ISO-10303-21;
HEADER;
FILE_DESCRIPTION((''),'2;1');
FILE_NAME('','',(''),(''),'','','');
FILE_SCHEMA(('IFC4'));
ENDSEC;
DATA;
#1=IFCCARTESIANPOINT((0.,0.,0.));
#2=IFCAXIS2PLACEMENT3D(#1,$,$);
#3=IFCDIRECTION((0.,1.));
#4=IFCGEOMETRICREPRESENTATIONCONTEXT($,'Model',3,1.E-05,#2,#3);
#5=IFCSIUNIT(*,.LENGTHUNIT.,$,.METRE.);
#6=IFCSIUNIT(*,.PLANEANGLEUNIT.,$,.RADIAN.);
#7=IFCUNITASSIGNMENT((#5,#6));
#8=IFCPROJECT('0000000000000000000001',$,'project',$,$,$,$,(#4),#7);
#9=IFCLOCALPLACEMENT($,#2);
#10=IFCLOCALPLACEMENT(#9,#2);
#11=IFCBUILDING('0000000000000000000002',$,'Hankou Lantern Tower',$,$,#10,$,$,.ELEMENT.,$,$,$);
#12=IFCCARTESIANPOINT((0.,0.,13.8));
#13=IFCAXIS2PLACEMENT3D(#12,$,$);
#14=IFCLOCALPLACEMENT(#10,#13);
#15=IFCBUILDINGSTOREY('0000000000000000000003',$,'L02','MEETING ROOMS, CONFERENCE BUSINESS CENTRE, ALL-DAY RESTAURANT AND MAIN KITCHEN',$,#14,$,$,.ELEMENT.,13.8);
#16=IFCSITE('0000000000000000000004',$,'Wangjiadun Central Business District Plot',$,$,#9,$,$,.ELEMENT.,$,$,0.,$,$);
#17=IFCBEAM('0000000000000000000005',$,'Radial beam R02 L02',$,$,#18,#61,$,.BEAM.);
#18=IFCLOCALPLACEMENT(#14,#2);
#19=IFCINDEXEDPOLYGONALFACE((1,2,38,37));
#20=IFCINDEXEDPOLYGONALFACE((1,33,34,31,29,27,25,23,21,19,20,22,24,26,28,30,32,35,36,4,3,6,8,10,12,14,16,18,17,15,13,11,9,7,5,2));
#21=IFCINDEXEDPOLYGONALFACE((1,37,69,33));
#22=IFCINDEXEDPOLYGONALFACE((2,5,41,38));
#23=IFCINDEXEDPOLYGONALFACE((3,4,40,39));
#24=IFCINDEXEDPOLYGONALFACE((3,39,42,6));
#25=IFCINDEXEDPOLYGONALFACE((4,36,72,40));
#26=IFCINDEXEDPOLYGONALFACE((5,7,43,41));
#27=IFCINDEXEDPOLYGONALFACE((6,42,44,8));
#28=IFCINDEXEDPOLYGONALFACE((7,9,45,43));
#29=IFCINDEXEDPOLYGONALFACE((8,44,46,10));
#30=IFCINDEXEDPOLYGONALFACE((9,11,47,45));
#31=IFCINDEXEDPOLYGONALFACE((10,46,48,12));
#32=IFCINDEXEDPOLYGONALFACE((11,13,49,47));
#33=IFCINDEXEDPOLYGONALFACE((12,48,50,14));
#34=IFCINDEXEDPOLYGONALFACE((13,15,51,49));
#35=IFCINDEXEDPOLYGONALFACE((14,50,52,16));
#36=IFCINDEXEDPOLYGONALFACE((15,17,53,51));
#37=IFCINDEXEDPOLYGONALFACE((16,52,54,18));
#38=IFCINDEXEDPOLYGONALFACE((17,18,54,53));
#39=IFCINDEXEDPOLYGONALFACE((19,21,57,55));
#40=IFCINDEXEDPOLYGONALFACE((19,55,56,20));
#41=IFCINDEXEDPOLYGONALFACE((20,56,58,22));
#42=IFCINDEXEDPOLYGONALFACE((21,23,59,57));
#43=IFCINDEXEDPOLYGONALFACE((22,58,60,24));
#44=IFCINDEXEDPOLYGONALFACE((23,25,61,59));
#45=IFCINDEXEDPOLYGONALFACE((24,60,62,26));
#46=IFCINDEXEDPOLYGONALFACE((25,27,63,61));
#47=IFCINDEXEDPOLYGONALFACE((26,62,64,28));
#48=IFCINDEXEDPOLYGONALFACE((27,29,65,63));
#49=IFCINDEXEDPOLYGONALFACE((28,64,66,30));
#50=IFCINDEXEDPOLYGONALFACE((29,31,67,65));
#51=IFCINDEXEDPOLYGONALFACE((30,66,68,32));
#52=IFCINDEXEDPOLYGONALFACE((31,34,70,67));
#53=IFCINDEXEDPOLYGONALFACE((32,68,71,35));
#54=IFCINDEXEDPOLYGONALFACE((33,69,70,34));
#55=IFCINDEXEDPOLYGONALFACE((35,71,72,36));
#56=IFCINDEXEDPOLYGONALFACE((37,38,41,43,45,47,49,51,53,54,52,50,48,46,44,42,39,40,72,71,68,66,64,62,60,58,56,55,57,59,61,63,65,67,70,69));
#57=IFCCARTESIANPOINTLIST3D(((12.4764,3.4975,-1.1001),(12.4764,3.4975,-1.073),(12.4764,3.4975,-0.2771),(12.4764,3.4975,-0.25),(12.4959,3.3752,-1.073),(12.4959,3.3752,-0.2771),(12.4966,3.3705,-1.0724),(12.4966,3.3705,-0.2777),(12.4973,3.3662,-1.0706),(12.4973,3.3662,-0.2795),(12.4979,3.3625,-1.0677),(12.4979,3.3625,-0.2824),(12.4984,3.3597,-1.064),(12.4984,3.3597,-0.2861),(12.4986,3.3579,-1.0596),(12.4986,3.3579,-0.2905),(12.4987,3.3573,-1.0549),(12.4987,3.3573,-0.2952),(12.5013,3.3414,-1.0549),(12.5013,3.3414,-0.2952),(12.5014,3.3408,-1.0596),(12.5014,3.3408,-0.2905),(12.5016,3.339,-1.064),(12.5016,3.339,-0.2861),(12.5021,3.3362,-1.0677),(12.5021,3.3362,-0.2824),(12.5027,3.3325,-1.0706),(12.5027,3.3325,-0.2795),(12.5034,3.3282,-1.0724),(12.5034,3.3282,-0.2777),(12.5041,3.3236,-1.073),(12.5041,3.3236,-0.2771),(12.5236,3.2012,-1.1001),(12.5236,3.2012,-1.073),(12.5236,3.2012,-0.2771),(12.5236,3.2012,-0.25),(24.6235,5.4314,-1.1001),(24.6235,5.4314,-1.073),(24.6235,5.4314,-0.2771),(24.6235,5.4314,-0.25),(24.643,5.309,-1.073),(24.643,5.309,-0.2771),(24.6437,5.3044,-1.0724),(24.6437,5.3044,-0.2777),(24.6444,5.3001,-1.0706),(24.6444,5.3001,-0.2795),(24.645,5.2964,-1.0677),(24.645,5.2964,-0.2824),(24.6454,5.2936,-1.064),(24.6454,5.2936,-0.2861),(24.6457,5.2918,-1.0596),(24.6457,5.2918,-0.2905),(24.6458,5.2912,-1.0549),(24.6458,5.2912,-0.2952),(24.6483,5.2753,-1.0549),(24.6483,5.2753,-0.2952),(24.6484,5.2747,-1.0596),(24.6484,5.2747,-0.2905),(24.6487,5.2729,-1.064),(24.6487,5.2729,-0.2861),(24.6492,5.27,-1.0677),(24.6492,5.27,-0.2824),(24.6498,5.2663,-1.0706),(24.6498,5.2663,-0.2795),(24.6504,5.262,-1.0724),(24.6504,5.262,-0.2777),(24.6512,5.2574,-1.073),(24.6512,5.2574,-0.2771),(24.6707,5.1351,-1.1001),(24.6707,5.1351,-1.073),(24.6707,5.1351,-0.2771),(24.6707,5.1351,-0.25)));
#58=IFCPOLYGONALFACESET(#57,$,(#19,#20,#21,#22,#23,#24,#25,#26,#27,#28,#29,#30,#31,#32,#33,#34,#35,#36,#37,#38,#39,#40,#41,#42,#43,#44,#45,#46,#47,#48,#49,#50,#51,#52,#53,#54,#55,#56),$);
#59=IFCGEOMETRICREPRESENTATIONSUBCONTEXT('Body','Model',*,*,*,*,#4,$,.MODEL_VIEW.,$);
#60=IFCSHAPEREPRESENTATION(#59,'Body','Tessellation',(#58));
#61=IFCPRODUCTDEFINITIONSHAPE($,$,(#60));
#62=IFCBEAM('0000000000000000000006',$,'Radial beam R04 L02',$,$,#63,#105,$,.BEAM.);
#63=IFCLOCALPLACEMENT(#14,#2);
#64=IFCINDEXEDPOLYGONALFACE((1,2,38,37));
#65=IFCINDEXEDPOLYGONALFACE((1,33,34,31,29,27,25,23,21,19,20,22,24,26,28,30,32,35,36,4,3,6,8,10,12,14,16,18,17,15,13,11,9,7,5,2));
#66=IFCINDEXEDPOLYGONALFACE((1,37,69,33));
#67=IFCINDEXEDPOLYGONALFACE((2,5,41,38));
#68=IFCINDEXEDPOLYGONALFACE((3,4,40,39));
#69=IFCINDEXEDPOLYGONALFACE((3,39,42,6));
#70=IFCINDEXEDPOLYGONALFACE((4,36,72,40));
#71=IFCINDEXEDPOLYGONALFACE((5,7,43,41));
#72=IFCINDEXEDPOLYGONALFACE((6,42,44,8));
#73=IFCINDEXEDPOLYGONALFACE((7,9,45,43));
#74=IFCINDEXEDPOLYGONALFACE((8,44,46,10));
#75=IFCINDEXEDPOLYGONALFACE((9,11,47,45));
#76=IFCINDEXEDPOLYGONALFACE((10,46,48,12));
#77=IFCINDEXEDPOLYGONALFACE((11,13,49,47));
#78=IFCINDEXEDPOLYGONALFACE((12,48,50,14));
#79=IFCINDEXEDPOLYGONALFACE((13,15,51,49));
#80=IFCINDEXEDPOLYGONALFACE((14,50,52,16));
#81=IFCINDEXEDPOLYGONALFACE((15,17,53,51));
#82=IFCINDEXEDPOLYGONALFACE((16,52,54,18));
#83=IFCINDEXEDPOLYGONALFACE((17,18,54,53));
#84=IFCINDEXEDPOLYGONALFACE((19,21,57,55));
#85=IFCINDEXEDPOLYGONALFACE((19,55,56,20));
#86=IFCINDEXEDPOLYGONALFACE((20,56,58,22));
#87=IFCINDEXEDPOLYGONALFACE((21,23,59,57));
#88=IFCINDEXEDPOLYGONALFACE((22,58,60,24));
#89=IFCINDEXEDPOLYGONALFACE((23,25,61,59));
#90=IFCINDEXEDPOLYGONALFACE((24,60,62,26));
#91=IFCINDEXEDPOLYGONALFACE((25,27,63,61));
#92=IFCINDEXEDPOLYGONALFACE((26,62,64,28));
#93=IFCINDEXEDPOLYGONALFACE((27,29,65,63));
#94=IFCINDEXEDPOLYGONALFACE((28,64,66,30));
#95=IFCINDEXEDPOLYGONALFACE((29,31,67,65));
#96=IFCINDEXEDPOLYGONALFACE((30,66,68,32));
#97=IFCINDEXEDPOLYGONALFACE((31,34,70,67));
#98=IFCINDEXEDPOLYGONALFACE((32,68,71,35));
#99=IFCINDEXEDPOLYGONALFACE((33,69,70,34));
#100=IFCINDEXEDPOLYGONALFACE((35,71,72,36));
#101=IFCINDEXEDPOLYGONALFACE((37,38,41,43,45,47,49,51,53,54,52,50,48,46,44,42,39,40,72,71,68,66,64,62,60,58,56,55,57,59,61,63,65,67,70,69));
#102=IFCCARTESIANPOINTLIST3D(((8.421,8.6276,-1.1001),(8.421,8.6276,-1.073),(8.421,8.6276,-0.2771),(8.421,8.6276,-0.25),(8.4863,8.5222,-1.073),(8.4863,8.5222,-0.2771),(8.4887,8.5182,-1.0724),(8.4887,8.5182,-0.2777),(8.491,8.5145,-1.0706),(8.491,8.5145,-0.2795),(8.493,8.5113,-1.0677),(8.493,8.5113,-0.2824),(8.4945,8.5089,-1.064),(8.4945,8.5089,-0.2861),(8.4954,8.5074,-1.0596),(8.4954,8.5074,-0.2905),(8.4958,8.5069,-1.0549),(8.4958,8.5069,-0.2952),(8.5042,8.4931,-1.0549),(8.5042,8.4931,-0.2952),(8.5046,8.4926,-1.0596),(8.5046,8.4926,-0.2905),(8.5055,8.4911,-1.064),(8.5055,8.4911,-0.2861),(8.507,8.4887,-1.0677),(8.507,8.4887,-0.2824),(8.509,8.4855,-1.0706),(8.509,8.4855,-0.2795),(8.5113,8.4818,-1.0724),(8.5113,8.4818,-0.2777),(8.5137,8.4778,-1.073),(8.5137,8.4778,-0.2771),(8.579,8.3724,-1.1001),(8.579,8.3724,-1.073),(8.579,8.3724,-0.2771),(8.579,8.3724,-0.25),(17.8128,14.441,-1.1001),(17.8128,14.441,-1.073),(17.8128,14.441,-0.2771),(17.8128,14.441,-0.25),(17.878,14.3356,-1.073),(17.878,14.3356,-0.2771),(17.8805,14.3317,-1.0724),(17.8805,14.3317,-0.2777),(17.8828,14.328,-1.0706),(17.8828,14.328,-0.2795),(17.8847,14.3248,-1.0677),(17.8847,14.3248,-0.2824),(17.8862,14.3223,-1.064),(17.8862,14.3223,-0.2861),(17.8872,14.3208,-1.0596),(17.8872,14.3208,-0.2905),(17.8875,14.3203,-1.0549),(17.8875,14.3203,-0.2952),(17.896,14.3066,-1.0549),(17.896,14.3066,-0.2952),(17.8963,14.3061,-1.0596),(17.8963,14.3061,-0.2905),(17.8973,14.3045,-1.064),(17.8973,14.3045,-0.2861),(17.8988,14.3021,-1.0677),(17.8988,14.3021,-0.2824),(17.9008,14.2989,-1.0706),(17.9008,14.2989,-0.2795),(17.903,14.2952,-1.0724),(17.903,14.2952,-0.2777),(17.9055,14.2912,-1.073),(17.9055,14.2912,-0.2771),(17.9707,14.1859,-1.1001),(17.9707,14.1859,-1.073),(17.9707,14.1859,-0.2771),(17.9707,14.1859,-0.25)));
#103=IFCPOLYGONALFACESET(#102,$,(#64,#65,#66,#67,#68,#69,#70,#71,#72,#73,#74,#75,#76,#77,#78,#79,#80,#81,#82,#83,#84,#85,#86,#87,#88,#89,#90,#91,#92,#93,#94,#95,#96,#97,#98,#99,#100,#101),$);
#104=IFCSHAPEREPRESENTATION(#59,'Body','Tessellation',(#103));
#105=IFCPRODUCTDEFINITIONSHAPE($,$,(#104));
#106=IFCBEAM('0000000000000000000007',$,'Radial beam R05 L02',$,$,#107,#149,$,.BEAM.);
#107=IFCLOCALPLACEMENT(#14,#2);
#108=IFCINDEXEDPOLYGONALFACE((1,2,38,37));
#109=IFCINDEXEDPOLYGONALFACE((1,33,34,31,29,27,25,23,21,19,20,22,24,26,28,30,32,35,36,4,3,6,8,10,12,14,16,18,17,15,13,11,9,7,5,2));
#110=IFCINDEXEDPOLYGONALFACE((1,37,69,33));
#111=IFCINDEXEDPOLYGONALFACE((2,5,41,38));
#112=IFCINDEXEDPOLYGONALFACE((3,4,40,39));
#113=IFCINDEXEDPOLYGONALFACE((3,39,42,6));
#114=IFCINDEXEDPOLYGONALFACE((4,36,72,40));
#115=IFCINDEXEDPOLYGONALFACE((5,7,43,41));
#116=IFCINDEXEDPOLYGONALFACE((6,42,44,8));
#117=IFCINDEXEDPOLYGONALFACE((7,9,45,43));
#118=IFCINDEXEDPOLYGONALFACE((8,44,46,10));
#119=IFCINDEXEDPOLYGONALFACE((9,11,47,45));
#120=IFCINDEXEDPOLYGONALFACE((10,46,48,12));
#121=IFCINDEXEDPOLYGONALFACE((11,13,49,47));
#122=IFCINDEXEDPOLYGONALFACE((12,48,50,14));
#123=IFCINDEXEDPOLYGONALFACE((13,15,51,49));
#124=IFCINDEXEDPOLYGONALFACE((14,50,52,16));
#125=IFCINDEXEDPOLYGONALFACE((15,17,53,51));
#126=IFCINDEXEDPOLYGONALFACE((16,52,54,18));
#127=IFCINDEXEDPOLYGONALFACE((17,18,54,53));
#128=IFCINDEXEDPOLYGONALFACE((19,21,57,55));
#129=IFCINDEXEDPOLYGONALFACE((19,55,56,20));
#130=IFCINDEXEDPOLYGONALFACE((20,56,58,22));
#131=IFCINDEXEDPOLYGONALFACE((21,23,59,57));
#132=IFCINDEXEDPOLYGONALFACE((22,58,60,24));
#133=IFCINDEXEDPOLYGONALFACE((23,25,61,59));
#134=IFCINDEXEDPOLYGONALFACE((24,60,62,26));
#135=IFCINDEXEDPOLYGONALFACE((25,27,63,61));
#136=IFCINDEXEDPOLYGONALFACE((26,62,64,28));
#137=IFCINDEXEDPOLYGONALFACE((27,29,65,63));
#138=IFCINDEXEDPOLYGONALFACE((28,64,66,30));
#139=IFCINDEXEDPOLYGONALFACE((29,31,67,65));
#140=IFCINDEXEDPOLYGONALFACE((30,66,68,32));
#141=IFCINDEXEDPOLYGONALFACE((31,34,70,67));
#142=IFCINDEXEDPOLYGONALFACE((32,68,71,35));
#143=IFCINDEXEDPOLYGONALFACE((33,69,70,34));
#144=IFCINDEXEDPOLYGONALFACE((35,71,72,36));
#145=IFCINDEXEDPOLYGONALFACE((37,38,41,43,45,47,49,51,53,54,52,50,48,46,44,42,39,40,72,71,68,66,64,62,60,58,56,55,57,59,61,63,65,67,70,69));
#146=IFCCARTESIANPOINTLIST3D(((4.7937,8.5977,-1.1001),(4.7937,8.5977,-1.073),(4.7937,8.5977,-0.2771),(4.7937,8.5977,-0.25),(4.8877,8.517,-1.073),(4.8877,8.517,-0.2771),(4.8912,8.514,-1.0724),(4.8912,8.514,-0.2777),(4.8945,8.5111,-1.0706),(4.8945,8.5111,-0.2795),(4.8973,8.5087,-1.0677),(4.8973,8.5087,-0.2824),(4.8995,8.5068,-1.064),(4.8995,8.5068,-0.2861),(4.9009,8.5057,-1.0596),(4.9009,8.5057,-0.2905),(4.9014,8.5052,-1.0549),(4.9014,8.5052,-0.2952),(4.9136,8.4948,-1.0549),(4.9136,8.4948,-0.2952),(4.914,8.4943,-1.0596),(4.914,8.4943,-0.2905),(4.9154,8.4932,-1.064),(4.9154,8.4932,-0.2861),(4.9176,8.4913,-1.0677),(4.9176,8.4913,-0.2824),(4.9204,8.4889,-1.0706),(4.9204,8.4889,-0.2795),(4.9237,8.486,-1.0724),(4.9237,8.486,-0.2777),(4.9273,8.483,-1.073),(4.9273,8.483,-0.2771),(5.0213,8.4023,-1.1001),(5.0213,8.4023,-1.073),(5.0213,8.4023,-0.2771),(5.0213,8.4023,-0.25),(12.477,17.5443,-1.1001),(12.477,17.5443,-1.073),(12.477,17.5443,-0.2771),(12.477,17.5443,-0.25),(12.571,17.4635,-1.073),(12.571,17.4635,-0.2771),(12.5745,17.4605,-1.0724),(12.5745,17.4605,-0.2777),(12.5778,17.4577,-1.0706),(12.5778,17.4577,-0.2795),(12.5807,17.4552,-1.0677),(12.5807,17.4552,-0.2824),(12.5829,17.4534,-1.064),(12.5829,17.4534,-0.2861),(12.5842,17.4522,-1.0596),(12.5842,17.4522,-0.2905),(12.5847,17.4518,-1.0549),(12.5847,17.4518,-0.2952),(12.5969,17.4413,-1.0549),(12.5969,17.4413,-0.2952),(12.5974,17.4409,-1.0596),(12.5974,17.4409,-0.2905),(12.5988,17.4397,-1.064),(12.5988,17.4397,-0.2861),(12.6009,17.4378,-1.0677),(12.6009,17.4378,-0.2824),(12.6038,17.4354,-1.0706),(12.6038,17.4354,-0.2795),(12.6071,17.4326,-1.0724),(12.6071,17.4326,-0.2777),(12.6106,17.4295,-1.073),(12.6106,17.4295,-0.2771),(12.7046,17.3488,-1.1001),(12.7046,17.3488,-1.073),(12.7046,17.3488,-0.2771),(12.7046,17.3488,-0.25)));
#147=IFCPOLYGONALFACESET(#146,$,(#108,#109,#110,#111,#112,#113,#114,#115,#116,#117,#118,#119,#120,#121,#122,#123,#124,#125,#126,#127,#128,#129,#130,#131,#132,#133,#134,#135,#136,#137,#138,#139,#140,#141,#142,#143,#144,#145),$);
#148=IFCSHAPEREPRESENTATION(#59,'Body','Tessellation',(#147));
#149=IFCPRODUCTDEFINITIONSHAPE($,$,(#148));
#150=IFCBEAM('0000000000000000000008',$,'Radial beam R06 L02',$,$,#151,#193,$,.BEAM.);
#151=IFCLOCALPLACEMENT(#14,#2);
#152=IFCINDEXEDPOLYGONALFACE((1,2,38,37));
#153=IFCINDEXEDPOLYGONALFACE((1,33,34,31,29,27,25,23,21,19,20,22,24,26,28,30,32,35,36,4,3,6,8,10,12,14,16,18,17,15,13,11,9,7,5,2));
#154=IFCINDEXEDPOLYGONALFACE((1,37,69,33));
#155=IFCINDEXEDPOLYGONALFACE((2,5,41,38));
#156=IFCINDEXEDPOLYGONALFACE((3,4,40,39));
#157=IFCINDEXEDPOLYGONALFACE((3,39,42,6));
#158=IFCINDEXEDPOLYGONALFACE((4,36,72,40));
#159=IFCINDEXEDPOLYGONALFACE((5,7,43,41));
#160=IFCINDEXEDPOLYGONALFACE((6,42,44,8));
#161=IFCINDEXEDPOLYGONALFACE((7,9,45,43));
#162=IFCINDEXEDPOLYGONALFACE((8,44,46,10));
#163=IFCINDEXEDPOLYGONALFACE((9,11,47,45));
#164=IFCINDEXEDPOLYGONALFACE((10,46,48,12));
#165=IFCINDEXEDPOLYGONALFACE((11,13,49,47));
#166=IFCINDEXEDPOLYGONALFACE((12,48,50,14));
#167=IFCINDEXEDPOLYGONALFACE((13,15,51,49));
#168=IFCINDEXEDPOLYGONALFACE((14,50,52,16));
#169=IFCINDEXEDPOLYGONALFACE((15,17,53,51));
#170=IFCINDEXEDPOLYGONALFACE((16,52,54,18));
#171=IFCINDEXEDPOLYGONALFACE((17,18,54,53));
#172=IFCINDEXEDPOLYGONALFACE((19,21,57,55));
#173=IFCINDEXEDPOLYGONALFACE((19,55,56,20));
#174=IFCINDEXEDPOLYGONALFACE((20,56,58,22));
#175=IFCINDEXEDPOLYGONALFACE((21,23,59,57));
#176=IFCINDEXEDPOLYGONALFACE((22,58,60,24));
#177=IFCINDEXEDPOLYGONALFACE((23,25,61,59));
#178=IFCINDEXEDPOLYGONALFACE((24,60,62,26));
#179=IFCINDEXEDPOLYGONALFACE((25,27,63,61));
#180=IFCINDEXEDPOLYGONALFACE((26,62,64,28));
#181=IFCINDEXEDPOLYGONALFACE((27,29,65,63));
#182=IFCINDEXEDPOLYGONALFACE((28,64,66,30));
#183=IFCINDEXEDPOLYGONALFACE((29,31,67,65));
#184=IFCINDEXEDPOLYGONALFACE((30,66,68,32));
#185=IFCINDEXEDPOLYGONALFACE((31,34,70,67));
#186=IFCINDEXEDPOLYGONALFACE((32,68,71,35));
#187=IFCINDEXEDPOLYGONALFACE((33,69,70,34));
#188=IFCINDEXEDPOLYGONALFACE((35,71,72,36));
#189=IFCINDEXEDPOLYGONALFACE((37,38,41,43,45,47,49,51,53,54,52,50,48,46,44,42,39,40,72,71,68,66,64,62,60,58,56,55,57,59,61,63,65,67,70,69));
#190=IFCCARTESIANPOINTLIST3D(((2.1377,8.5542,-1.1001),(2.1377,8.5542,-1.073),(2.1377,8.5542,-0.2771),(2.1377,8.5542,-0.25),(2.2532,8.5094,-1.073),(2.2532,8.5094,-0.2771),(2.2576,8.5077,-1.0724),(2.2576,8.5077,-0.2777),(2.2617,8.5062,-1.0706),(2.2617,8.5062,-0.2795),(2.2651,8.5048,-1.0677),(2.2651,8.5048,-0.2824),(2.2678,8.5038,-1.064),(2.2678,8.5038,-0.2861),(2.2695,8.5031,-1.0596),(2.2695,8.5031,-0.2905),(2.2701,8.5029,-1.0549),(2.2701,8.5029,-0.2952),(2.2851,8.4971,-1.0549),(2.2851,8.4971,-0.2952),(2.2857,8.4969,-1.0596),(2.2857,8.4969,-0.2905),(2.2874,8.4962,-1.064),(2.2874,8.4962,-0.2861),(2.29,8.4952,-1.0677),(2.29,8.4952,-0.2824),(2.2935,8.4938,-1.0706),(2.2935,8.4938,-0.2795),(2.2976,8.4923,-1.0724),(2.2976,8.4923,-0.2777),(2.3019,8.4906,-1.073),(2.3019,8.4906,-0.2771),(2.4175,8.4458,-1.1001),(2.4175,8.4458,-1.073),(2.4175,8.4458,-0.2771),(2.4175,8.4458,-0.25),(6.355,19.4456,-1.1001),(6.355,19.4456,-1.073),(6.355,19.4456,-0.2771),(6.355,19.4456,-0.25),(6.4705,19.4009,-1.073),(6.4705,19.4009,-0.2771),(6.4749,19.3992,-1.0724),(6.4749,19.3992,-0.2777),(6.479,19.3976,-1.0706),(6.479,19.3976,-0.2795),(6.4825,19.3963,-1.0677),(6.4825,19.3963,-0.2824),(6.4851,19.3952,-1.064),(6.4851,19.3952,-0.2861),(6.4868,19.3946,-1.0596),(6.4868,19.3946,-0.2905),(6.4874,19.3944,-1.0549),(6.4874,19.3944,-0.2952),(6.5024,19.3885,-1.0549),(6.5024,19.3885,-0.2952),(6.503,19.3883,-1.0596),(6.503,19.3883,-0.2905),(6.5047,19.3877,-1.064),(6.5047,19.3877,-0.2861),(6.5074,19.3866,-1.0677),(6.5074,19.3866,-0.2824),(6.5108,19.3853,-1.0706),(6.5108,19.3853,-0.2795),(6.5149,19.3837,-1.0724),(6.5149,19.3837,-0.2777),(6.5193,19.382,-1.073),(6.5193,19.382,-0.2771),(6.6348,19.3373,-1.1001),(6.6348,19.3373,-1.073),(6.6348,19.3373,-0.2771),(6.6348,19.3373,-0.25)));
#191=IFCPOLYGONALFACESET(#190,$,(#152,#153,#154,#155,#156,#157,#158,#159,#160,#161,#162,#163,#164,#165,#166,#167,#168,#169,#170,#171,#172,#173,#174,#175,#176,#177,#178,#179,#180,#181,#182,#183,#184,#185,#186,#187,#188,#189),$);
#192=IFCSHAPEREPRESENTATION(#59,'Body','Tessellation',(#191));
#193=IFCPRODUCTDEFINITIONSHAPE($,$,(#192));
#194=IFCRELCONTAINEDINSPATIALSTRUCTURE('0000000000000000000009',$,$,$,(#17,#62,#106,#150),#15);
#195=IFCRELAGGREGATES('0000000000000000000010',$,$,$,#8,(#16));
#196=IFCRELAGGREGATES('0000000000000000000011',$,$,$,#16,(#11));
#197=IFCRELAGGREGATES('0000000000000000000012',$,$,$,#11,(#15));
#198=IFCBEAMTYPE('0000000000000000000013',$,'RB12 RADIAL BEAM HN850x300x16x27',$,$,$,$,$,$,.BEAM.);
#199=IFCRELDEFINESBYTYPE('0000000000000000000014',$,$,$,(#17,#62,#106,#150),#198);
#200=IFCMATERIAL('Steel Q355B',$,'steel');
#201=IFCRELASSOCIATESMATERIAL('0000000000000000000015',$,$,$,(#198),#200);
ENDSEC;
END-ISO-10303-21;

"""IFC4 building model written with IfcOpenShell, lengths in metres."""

from ifc_helpers import new_model, si_unit, direction, frame, origin, origin_2d, place, context, subcontext, project, spatial, i_section, extrude, material, material_profile, profile_set, type_object, element, save


model = new_model("IFC4")

# Units and contexts
model_context = context("Model", 3, precision=1e-05, world=origin(), true_north=direction((0.0, 1.0)))
body_context = subcontext(model_context, "Body", "Model", "MODEL_VIEW")
ifc_project = project(units=[si_unit("LENGTHUNIT", "METRE"), si_unit("PLANEANGLEUNIT", "RADIAN")], contexts=[model_context])

# Site, building, storey
site_placement = place(None, origin())
site = spatial("IfcSite", under=ifc_project, at=site_placement, Name="Wangjiadun Central Business District Plot", CompositionType="ELEMENT", RefElevation=0.0)
building_placement = place(site_placement, origin())
building = spatial("IfcBuilding", under=site, at=building_placement, Name="Hankou Lantern Tower", CompositionType="ELEMENT")
storey_placement = place(building_placement, frame((0.0, 0.0, 13.8)))
storey = spatial("IfcBuildingStorey", under=building, at=storey_placement, Name="L02", Description="MEETING ROOMS, CONFERENCE BUSINESS CENTRE, ALL-DAY RESTAURANT AND MAIN KITCHEN", CompositionType="ELEMENT", Elevation=13.8)

# Beams
ifc_material_1 = material(Name="Steel Q355B", Category="steel")
ifc_material_profile_1 = material_profile(ifc_material_1, i_section(OverallWidth=0.3, OverallDepth=0.8501, WebThickness=0.0161, FlangeThickness=0.0271, FilletRadius=0.0181, at=origin_2d()), Name="HN850x300x16x27")
ifc_profile_set_1 = profile_set([ifc_material_profile_1], Name="Steel Q355B")
beam_type_1 = type_object("IfcBeamType", Name="RB12 RADIAL BEAM HN850x300x16x27", PredefinedType="BEAM", material=ifc_profile_set_1)
beam_1_placement = place(storey_placement, frame((12.5, 3.3494, -0.675), z_axis=(0.987563, 0.157223, 0.0), x_axis=(-0.157223, 0.987563, 0.0)))
element("IfcBeam", 1, at=beam_1_placement, inside=storey, type_object=beam_type_1, Name="Radial beam R02 L02", PredefinedType="BEAM", context=body_context, shape_type="SweptSolid", body=[
    extrude(i_section(OverallWidth=0.3, OverallDepth=0.8501, WebThickness=0.0161, FlangeThickness=0.0271, FilletRadius=0.0181, at=origin_2d()), origin(), (0.0, 0.0, 1.0), 12.3),
])
beam_2_placement = place(storey_placement, frame((8.5, 8.5, -0.675), z_axis=(0.850286, 0.52632, 0.0), x_axis=(-0.52632, 0.850286, 0.0)))
element("IfcBeam", 2, at=beam_2_placement, inside=storey, type_object=beam_type_1, Name="Radial beam R04 L02", PredefinedType="BEAM", context=body_context, shape_type="SweptSolid", body=[
    extrude(i_section(OverallWidth=0.3, OverallDepth=0.8501, WebThickness=0.0161, FlangeThickness=0.0271, FilletRadius=0.0181, at=origin_2d()), origin(), (0.0, 0.0, 1.0), 11.0454),
])
beam_3_placement = place(storey_placement, frame((4.9075, 8.5, -0.675), z_axis=(0.651519, 0.758632, 0.0), x_axis=(-0.758632, 0.651519, 0.0)))
element("IfcBeam", 3, at=beam_3_placement, inside=storey, type_object=beam_type_1, Name="Radial beam R05 L02", PredefinedType="BEAM", context=body_context, shape_type="SweptSolid", body=[
    extrude(i_section(OverallWidth=0.3, OverallDepth=0.8501, WebThickness=0.0161, FlangeThickness=0.0271, FilletRadius=0.0181, at=origin_2d()), origin(), (0.0, 0.0, 1.0), 11.793),
])
beam_4_placement = place(storey_placement, frame((2.2776, 8.5, -0.675), z_axis=(0.361089, 0.932531, 0.0), x_axis=(-0.932531, 0.361089, 0.0)))
element("IfcBeam", 4, at=beam_4_placement, inside=storey, type_object=beam_type_1, Name="Radial beam R06 L02", PredefinedType="BEAM", context=body_context, shape_type="SweptSolid", body=[
    extrude(i_section(OverallWidth=0.3, OverallDepth=0.8501, WebThickness=0.0161, FlangeThickness=0.0271, FilletRadius=0.0181, at=origin_2d()), origin(), (0.0, 0.0, 1.0), 11.6794),
])

save(model, "model.ifc")
